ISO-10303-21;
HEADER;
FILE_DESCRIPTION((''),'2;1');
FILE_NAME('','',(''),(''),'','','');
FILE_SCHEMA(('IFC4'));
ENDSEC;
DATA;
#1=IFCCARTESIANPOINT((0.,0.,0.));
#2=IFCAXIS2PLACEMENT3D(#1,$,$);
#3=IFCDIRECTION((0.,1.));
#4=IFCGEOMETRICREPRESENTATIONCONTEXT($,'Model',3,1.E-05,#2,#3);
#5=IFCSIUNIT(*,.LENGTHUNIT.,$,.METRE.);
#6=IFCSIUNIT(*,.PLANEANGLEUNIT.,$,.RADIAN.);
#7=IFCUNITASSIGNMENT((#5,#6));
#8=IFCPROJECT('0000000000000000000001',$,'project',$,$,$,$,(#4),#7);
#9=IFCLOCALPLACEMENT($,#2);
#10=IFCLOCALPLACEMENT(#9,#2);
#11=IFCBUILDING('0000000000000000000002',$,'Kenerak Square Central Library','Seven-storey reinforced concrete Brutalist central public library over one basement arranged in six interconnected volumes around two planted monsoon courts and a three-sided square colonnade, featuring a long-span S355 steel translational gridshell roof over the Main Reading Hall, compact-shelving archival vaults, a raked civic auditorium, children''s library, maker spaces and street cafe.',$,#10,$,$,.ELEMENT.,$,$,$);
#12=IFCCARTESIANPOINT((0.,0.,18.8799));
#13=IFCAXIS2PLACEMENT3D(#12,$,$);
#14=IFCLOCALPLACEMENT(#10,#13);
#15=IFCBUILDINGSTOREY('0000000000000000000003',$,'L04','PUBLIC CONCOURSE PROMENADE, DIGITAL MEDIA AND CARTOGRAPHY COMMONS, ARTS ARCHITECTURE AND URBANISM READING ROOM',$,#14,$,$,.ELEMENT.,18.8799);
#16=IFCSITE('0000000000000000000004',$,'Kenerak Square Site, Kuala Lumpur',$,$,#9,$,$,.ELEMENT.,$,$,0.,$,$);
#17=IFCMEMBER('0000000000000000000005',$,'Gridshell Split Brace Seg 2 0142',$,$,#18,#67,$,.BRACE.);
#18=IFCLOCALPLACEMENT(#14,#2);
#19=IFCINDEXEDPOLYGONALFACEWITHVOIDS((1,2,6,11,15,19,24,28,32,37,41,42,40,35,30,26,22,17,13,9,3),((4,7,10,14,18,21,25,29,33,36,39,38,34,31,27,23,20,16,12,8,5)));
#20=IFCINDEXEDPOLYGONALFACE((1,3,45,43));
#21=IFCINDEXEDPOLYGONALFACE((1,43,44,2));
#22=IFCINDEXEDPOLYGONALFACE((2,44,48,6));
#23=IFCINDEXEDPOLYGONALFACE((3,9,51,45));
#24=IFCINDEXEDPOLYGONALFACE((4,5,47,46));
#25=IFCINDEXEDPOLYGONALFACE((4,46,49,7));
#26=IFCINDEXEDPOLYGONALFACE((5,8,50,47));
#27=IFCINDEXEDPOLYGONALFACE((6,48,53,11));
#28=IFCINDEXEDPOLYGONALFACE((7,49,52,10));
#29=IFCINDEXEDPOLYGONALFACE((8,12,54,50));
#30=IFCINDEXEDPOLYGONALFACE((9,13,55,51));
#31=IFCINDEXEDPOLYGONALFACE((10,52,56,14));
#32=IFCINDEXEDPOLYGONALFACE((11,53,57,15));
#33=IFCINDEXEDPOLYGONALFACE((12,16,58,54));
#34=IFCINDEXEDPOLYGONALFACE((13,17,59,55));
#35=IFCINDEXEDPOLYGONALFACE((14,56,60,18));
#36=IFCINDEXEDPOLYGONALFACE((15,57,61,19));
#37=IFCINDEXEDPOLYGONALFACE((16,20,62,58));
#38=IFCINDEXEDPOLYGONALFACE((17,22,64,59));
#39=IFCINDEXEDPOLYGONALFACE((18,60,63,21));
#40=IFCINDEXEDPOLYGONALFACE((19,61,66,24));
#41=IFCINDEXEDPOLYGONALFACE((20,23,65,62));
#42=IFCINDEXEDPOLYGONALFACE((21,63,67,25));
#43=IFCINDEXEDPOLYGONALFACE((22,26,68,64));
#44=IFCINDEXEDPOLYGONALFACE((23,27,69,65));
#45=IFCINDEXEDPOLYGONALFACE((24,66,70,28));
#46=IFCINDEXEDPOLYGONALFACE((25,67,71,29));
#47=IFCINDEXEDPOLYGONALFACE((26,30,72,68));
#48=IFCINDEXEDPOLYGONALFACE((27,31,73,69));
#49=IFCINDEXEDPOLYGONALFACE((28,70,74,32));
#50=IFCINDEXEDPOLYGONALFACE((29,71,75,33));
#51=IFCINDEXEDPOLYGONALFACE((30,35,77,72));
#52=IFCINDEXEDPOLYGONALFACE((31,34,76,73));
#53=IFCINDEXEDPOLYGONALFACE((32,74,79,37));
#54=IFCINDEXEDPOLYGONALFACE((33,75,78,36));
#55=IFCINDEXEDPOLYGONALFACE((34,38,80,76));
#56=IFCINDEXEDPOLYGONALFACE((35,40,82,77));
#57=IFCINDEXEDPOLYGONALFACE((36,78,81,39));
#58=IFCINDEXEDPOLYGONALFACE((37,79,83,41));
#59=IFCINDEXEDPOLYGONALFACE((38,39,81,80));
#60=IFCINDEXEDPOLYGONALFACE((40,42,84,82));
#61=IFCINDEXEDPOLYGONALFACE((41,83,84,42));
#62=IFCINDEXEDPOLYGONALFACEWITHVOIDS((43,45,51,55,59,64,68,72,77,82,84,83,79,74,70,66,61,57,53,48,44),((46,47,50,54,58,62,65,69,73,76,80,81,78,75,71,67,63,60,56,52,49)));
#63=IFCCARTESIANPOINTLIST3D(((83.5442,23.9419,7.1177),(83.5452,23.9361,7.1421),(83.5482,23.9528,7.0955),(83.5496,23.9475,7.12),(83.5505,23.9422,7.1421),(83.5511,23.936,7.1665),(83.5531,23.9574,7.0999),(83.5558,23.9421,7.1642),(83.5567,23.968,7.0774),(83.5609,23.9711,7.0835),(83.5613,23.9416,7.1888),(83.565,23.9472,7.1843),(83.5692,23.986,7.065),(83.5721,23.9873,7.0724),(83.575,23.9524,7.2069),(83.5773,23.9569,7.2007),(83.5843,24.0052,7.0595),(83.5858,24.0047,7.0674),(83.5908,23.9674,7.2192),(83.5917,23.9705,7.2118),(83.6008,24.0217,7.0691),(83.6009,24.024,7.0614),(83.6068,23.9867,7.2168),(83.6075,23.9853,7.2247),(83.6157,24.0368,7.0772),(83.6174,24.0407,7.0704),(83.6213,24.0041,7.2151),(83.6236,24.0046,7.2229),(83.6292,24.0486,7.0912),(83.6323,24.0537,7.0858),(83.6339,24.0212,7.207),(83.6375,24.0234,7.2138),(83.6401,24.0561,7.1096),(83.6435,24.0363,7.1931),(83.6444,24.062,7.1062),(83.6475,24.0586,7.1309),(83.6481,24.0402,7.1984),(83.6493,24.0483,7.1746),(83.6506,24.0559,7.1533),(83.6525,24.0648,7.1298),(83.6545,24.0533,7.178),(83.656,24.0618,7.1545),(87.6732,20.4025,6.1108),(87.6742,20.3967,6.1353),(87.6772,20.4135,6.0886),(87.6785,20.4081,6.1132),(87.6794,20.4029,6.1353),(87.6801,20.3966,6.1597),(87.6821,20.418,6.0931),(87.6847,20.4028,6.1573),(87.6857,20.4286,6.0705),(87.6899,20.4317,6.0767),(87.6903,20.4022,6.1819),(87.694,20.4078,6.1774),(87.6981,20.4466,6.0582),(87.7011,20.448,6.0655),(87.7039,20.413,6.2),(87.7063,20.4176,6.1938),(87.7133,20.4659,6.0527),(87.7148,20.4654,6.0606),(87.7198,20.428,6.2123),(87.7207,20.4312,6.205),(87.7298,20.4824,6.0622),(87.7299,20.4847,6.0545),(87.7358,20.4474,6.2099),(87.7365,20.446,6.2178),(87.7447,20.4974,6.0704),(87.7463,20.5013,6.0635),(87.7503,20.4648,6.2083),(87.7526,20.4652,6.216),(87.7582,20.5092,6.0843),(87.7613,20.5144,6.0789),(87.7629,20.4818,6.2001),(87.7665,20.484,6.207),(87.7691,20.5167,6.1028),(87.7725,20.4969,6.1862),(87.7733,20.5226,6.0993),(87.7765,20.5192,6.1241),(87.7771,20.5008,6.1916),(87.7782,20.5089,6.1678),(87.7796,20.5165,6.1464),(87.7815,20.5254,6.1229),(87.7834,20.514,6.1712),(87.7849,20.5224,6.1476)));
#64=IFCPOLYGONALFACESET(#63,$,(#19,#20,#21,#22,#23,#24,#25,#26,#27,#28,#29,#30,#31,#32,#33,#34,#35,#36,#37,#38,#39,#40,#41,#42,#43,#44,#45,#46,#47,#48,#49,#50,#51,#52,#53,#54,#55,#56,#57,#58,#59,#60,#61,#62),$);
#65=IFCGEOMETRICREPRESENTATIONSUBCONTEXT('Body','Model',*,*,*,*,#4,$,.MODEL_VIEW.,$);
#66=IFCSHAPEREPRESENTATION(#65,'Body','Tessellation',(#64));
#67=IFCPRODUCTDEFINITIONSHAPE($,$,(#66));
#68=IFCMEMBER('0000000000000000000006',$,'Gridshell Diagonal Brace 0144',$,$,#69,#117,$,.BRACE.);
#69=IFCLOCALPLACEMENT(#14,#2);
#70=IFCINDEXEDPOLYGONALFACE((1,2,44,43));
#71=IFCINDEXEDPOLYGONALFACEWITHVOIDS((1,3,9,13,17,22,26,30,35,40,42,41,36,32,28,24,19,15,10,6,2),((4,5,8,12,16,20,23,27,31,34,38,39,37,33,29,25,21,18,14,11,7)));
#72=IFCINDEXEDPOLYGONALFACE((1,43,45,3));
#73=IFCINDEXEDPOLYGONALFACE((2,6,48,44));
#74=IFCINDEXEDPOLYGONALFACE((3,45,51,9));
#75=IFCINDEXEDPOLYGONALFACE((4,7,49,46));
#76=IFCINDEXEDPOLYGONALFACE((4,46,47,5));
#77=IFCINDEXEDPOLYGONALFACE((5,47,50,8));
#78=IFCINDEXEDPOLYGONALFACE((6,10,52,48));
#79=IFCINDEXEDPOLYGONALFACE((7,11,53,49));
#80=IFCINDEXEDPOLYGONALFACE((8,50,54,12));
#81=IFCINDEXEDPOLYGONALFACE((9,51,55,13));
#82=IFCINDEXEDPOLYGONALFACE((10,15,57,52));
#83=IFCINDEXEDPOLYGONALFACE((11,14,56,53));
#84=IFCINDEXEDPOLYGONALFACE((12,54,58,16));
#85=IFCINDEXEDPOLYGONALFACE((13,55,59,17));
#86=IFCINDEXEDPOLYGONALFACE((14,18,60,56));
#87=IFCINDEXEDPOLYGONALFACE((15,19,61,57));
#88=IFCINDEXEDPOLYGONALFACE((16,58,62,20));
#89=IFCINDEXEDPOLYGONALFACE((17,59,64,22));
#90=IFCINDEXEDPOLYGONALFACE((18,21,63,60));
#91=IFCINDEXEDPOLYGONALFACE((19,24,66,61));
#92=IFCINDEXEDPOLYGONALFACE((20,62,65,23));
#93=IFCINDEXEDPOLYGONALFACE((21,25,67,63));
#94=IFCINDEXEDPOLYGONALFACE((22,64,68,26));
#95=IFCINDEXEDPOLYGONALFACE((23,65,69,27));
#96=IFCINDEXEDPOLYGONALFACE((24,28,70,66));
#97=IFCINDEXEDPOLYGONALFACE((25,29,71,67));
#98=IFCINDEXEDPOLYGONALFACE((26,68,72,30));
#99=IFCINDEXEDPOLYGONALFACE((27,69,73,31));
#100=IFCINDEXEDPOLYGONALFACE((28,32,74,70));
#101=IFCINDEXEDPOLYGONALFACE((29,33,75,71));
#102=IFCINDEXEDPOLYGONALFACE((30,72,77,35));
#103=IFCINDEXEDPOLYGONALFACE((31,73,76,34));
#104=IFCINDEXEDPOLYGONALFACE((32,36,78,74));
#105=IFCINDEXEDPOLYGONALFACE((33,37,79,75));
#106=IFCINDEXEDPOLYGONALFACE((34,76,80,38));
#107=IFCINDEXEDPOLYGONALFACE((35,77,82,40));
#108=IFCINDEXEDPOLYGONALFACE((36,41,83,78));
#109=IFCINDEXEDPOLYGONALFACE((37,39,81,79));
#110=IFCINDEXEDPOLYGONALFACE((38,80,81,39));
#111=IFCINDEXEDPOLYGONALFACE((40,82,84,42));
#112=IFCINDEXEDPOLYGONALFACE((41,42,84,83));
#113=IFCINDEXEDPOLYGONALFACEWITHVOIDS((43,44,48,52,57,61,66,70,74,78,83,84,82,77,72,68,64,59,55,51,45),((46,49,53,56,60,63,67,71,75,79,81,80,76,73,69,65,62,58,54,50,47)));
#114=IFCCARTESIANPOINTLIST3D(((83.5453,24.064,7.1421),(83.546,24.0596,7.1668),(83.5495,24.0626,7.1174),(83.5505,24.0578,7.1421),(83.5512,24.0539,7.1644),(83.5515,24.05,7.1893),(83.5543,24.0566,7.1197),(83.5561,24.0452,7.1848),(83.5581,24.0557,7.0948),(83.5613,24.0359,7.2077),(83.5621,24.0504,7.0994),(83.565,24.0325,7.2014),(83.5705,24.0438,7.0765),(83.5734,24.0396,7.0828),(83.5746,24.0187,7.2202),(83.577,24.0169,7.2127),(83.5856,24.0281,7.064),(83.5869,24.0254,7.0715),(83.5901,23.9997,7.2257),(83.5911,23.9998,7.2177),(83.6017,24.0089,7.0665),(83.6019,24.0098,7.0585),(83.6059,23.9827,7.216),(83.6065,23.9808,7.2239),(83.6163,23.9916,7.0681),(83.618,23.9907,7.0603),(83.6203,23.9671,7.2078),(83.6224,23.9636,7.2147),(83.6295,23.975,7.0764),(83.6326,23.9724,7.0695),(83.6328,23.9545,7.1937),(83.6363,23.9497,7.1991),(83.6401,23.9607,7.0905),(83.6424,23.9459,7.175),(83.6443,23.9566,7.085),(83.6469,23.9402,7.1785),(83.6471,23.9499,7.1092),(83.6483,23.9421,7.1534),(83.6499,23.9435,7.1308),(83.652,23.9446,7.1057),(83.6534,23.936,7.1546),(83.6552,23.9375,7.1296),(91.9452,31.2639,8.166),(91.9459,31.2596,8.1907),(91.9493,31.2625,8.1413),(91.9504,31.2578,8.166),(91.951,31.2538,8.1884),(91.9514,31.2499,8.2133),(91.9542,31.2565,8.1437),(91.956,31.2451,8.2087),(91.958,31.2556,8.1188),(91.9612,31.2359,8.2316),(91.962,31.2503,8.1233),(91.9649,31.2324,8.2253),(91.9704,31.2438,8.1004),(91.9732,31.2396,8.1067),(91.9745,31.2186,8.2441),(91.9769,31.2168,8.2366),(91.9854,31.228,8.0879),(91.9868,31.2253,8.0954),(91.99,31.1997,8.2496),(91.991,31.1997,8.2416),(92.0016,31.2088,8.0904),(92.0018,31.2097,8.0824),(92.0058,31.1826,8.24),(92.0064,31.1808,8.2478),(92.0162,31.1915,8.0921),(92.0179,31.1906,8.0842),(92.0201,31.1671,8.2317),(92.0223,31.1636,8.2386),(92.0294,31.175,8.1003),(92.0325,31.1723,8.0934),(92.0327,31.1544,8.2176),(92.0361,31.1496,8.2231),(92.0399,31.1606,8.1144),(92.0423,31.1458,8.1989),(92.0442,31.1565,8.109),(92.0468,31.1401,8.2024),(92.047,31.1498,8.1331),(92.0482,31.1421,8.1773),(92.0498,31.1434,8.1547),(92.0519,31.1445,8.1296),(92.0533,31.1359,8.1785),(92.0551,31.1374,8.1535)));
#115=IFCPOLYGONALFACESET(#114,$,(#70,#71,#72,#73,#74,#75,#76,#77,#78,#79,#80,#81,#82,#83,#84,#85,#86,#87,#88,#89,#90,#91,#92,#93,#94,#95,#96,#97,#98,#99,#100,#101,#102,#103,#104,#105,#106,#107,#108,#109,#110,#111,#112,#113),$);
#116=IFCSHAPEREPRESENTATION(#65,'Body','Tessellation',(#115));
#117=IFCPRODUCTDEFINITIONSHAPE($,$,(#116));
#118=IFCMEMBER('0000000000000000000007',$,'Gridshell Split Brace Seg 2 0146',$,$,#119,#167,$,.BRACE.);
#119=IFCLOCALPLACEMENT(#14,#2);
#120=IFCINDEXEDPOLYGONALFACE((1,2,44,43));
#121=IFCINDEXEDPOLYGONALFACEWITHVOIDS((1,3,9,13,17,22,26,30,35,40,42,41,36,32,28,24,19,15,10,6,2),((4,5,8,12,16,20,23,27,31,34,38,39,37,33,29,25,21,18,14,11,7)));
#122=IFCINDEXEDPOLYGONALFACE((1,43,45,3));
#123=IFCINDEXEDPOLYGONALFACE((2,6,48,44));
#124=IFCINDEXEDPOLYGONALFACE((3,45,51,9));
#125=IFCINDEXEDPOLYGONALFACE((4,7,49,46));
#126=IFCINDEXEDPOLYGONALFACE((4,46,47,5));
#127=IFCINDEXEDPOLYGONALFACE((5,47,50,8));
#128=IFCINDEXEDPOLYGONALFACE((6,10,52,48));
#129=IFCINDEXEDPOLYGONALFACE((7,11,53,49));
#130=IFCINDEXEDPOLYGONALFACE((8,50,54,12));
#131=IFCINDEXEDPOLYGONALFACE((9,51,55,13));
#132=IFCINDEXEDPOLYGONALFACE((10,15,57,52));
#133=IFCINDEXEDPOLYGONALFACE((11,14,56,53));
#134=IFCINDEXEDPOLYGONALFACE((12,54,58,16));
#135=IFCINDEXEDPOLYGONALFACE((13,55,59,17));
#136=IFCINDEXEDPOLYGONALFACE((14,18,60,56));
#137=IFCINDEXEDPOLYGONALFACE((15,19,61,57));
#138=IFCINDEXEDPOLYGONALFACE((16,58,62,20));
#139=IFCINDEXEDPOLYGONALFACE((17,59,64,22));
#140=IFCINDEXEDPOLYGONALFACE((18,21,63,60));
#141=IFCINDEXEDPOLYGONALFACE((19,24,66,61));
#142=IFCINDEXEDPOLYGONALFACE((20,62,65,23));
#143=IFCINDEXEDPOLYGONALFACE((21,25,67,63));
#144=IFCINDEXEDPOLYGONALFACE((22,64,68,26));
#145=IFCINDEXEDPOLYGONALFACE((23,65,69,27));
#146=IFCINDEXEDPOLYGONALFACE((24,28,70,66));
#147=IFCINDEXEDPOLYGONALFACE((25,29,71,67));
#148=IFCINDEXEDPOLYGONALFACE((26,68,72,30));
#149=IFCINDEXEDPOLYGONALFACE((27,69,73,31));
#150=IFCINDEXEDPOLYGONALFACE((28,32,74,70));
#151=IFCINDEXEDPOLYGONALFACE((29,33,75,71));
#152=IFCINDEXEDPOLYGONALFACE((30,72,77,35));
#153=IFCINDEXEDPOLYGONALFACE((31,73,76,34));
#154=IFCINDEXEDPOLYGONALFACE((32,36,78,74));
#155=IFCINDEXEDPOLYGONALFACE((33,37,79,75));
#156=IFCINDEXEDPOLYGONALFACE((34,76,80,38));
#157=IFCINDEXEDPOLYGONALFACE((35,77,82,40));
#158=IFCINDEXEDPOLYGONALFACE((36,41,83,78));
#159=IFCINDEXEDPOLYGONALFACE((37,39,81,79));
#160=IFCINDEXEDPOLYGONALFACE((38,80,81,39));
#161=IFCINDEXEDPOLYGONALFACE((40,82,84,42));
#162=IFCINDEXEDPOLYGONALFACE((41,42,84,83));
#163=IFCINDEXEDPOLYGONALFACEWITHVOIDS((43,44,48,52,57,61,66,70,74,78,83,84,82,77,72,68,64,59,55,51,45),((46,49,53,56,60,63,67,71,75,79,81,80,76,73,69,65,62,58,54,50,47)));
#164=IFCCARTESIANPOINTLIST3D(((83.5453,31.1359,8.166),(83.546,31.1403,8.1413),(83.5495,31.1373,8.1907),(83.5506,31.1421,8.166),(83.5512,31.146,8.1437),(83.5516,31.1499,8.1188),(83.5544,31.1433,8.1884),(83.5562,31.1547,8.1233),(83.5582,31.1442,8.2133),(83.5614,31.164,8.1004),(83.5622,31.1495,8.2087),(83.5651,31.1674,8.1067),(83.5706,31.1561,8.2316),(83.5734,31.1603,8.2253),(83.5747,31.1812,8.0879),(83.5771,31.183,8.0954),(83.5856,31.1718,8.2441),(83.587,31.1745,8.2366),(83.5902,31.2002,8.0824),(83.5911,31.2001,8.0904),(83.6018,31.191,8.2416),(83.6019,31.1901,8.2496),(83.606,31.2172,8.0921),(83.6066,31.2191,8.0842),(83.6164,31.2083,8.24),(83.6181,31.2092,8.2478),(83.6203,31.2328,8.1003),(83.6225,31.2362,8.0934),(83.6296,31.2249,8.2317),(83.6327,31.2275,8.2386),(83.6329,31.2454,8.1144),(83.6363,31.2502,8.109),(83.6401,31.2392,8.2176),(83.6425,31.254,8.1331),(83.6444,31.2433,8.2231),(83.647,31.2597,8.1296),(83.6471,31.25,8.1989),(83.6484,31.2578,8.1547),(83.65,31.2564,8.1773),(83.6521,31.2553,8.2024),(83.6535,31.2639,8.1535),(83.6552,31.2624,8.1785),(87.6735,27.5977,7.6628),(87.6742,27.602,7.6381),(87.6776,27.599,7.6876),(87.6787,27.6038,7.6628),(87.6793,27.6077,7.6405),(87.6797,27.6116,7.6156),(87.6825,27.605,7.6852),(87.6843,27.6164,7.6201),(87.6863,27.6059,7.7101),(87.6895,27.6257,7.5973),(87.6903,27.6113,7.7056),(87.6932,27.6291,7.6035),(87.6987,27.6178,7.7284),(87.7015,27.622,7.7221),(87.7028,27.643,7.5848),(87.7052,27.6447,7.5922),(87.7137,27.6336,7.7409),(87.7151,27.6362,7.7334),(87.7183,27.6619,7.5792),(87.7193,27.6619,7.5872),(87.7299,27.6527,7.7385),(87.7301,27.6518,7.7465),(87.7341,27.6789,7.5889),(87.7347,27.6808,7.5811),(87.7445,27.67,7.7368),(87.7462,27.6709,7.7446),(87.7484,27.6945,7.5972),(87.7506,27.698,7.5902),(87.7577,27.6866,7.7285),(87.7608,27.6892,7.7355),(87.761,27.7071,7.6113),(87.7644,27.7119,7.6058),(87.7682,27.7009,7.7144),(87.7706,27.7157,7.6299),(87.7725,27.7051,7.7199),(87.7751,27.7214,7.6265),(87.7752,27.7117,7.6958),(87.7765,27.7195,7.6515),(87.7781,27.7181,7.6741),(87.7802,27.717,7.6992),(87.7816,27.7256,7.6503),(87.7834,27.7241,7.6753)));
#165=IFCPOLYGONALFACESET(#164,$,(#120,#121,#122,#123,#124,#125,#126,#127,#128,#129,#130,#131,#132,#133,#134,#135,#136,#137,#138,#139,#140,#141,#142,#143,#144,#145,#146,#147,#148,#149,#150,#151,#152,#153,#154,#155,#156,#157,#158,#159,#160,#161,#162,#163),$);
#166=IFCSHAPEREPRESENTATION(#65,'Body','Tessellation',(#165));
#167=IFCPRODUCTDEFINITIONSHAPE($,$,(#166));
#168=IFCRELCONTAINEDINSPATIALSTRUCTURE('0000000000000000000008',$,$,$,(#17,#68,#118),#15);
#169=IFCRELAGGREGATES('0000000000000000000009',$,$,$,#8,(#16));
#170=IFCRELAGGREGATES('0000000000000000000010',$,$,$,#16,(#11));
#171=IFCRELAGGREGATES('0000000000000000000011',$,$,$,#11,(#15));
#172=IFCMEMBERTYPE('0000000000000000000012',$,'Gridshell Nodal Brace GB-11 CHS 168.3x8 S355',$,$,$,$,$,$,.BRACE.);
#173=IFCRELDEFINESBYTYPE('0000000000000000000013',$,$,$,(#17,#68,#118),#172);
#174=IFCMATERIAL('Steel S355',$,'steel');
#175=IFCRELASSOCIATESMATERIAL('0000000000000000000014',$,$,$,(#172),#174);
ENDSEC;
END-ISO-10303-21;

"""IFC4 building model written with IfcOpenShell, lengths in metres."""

from ifc_helpers import new_model, si_unit, direction, frame, origin, origin_2d, place, context, subcontext, project, spatial, hollow_circle, extrude, material, material_profile, profile_set, type_object, element, save


model = new_model("IFC4")

# Units and contexts
model_context = context("Model", 3, precision=1e-05, world=origin(), true_north=direction((0.0, 1.0)))
body_context = subcontext(model_context, "Body", "Model", "MODEL_VIEW")
ifc_project = project(units=[si_unit("LENGTHUNIT", "METRE"), si_unit("PLANEANGLEUNIT", "RADIAN")], contexts=[model_context])

# Site, building, storey
site_placement = place(None, origin())
site = spatial("IfcSite", under=ifc_project, at=site_placement, Name="Kenerak Square Site, Kuala Lumpur", CompositionType="ELEMENT", RefElevation=0.0)
building_placement = place(site_placement, origin())
building = spatial("IfcBuilding", under=site, at=building_placement, Name="Kenerak Square Central Library", Description="Seven-storey reinforced concrete Brutalist central public library over one basement arranged in six interconnected volumes around two planted monsoon courts and a three-sided square colonnade, featuring a long-span S355 steel translational gridshell roof over the Main Reading Hall, compact-shelving archival vaults, a raked civic auditorium, children's library, maker spaces and street cafe.", CompositionType="ELEMENT")
storey_placement = place(building_placement, frame((0.0, 0.0, 18.8799)))
storey = spatial("IfcBuildingStorey", under=building, at=storey_placement, Name="L04", Description="PUBLIC CONCOURSE PROMENADE, DIGITAL MEDIA AND CARTOGRAPHY COMMONS, ARTS ARCHITECTURE AND URBANISM READING ROOM", CompositionType="ELEMENT", Elevation=18.8799)

# Members
ifc_material = material(Name="Steel S355", Category="steel")
ifc_material_profile_1 = material_profile(ifc_material, hollow_circle(Radius=0.0842, WallThickness=0.0081, at=origin_2d()), Name="CHS 168.3x8.0")
ifc_profile_set_1 = profile_set([ifc_material_profile_1], Name="Steel S355")
member_type_1 = type_object("IfcMemberType", Name="Gridshell Nodal Brace GB-11 CHS 168.3x8 S355", PredefinedType="BRACE", material=ifc_profile_set_1)
member_1_placement = place(storey_placement, frame((87.729, 20.4607, 6.1353), z_axis=(-0.746548, 0.639942, 0.182046), x_axis=(-0.650817, -0.759234, 0.0)))
element("IfcMember", 1, at=member_1_placement, inside=storey, type_object=member_type_1, Name="Gridshell Split Brace Seg 2 0142", PredefinedType="BRACE", context=body_context, shape_type="SweptSolid", body=[
    extrude(hollow_circle(Radius=0.0842, WallThickness=0.0081, at=origin_2d()), origin(), (0.0, 0.0, 1.0), 5.5308),
])
member_2_placement = place(storey_placement, frame((83.6001, 24.0, 7.1421), z_axis=(0.756024, 0.648024, 0.092157), x_axis=(-0.650793, 0.759255, 0.0)))
element("IfcMember", 2, at=member_2_placement, inside=storey, type_object=member_type_1, Name="Gridshell Diagonal Brace 0144", PredefinedType="BRACE", context=body_context, shape_type="SweptSolid", body=[
    extrude(hollow_circle(Radius=0.0842, WallThickness=0.0081, at=origin_2d()), origin(), (0.0, 0.0, 1.0), 11.1106),
])
member_3_placement = place(storey_placement, frame((87.7283, 27.6616, 7.6628), z_axis=(-0.756035, 0.648011, 0.092151), x_axis=(-0.65078, -0.759266, 0.0)))
element("IfcMember", 3, at=member_3_placement, inside=storey, type_object=member_type_1, Name="Gridshell Split Brace Seg 2 0146", PredefinedType="BRACE", context=body_context, shape_type="SweptSolid", body=[
    extrude(hollow_circle(Radius=0.0842, WallThickness=0.0081, at=origin_2d()), origin(), (0.0, 0.0, 1.0), 5.4602),
])

save(model, "model.ifc")
